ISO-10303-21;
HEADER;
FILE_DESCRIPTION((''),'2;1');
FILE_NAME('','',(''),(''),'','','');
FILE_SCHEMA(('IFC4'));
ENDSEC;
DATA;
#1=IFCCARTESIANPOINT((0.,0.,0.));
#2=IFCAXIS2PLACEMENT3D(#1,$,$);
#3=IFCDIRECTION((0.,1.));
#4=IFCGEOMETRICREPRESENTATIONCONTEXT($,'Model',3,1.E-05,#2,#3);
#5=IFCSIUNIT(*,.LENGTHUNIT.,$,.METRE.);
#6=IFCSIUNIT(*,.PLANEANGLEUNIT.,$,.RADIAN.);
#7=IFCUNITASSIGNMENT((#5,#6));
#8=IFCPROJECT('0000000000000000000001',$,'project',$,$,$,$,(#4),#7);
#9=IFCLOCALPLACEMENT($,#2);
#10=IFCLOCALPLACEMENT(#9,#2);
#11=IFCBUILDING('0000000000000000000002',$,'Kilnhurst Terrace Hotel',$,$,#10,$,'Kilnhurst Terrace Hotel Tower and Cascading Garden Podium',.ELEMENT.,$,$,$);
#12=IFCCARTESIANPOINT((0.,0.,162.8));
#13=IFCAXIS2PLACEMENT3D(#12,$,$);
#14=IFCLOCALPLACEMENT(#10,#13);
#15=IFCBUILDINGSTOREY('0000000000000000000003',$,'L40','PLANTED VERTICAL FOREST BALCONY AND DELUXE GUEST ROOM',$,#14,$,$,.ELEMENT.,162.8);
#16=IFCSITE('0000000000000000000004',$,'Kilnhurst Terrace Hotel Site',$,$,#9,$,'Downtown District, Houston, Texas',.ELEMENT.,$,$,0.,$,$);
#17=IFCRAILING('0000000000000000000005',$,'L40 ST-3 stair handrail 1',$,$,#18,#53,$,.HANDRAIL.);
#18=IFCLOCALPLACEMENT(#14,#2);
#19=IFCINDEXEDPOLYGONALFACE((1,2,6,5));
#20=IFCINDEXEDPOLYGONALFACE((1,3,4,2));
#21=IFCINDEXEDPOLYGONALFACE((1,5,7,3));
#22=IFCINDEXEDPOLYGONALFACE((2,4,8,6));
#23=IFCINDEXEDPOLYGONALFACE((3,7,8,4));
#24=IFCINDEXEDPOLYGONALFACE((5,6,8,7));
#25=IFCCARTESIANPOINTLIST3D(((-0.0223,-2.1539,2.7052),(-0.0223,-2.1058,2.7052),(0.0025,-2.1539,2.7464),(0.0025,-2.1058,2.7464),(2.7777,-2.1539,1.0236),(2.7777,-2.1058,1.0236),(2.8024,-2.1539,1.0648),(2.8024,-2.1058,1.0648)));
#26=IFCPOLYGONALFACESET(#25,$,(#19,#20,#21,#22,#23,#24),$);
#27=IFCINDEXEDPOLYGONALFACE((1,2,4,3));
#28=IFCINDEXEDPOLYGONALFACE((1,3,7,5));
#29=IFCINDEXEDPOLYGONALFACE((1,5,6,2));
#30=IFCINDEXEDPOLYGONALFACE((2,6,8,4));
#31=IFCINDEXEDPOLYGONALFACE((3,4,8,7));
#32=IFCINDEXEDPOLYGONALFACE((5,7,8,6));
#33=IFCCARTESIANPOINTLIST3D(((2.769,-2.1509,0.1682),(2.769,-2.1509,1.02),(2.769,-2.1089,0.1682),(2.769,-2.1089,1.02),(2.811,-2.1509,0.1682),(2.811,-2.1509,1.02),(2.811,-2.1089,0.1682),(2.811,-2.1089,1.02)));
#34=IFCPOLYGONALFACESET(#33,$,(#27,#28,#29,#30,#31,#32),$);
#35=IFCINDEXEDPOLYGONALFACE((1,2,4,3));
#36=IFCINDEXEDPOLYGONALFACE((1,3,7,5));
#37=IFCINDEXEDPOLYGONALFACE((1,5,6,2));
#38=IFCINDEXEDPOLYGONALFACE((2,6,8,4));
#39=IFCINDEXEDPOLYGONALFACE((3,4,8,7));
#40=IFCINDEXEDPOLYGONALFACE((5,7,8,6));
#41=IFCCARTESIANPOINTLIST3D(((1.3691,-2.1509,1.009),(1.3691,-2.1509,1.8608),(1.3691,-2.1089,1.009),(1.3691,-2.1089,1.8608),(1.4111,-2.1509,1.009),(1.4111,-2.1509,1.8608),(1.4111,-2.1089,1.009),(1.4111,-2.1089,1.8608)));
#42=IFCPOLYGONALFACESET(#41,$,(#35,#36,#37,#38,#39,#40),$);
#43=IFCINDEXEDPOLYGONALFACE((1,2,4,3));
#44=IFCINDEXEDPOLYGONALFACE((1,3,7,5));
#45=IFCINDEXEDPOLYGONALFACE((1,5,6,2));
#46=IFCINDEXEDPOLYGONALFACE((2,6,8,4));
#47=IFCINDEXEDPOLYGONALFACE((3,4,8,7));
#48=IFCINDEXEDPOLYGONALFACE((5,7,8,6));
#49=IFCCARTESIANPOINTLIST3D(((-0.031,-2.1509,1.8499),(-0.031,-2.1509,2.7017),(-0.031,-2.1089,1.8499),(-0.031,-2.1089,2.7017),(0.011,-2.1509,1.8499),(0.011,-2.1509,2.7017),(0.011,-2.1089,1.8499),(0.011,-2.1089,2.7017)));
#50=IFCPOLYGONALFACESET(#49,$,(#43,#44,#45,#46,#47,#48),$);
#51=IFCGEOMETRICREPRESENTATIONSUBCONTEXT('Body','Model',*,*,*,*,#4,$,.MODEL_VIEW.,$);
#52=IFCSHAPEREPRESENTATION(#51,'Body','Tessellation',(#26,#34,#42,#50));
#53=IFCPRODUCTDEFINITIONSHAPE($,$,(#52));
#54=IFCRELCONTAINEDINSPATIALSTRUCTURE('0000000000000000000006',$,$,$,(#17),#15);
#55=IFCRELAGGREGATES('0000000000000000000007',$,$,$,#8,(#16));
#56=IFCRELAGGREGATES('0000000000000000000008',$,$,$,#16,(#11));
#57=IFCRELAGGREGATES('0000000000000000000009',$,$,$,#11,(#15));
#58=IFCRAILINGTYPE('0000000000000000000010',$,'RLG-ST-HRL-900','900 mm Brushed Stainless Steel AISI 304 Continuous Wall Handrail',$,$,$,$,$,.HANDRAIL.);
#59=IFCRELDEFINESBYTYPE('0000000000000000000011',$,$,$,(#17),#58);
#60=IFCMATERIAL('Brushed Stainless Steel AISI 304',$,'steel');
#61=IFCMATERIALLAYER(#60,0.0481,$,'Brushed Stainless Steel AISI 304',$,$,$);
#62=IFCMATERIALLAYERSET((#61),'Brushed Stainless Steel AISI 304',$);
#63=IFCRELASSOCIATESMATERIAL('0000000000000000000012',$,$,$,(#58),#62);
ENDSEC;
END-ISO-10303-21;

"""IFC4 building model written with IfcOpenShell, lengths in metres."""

from ifc_helpers import new_model, si_unit, direction, frame, origin, origin_2d, place, context, subcontext, project, spatial, rectangle, extrude, material, layer, layer_set, type_object, element, save


model = new_model("IFC4")

# Units and contexts
model_context = context("Model", 3, precision=1e-05, world=origin(), true_north=direction((0.0, 1.0)))
body_context = subcontext(model_context, "Body", "Model", "MODEL_VIEW")
ifc_project = project(units=[si_unit("LENGTHUNIT", "METRE"), si_unit("PLANEANGLEUNIT", "RADIAN")], contexts=[model_context])

# Site, building, storey
site_placement = place(None, origin())
site = spatial("IfcSite", under=ifc_project, at=site_placement, Name="Kilnhurst Terrace Hotel Site", LongName="Downtown District, Houston, Texas", CompositionType="ELEMENT", RefElevation=0.0)
building_placement = place(site_placement, origin())
building = spatial("IfcBuilding", under=site, at=building_placement, Name="Kilnhurst Terrace Hotel", LongName="Kilnhurst Terrace Hotel Tower and Cascading Garden Podium", CompositionType="ELEMENT")
storey_placement = place(building_placement, frame((0.0, 0.0, 162.8)))
storey = spatial("IfcBuildingStorey", under=building, at=storey_placement, Name="L40", Description="PLANTED VERTICAL FOREST BALCONY AND DELUXE GUEST ROOM", CompositionType="ELEMENT", Elevation=162.8)

# Railing
ifc_material_1 = material(Name="Brushed Stainless Steel AISI 304", Category="steel")
ifc_layer_1 = layer(ifc_material_1, 0.0481, Name="Brushed Stainless Steel AISI 304")
ifc_layer_set_1 = layer_set([ifc_layer_1], Name="Brushed Stainless Steel AISI 304")
railing_type_1 = type_object("IfcRailingType", Name="RLG-ST-HRL-900", Description="900 mm Brushed Stainless Steel AISI 304 Continuous Wall Handrail", PredefinedType="HANDRAIL", material=ifc_layer_set_1)
railing_1_placement = place(storey_placement, frame((2.79, -2.1299, 0.1682)))
element("IfcRailing", 1, at=railing_1_placement, inside=storey, type_object=railing_type_1, Name="L40 ST-3 stair handrail 1", PredefinedType="HANDRAIL", context=body_context, shape_type="SweptSolid", body=[
    extrude(rectangle(XDim=0.0481, YDim=0.0481, at=origin_2d()), frame((0.0, 0.0, 0.876), z_axis=(-0.857275, 0.0, 0.514858), x_axis=(0.0, -1.0, 0.0)), (0.0, 0.0, 1.0), 3.2661),
    extrude(rectangle(XDim=0.042, YDim=0.042, at=origin_2d()), origin(), (0.0, 0.0, 1.0), 0.8518),
    extrude(rectangle(XDim=0.042, YDim=0.042, at=origin_2d()), frame((-1.3999, 0.0, 0.8408)), (0.0, 0.0, 1.0), 0.8518),
    extrude(rectangle(XDim=0.042, YDim=0.042, at=origin_2d()), frame((-2.8, 0.0, 1.6816)), (0.0, 0.0, 1.0), 0.8518),
])

save(model, "model.ifc")
